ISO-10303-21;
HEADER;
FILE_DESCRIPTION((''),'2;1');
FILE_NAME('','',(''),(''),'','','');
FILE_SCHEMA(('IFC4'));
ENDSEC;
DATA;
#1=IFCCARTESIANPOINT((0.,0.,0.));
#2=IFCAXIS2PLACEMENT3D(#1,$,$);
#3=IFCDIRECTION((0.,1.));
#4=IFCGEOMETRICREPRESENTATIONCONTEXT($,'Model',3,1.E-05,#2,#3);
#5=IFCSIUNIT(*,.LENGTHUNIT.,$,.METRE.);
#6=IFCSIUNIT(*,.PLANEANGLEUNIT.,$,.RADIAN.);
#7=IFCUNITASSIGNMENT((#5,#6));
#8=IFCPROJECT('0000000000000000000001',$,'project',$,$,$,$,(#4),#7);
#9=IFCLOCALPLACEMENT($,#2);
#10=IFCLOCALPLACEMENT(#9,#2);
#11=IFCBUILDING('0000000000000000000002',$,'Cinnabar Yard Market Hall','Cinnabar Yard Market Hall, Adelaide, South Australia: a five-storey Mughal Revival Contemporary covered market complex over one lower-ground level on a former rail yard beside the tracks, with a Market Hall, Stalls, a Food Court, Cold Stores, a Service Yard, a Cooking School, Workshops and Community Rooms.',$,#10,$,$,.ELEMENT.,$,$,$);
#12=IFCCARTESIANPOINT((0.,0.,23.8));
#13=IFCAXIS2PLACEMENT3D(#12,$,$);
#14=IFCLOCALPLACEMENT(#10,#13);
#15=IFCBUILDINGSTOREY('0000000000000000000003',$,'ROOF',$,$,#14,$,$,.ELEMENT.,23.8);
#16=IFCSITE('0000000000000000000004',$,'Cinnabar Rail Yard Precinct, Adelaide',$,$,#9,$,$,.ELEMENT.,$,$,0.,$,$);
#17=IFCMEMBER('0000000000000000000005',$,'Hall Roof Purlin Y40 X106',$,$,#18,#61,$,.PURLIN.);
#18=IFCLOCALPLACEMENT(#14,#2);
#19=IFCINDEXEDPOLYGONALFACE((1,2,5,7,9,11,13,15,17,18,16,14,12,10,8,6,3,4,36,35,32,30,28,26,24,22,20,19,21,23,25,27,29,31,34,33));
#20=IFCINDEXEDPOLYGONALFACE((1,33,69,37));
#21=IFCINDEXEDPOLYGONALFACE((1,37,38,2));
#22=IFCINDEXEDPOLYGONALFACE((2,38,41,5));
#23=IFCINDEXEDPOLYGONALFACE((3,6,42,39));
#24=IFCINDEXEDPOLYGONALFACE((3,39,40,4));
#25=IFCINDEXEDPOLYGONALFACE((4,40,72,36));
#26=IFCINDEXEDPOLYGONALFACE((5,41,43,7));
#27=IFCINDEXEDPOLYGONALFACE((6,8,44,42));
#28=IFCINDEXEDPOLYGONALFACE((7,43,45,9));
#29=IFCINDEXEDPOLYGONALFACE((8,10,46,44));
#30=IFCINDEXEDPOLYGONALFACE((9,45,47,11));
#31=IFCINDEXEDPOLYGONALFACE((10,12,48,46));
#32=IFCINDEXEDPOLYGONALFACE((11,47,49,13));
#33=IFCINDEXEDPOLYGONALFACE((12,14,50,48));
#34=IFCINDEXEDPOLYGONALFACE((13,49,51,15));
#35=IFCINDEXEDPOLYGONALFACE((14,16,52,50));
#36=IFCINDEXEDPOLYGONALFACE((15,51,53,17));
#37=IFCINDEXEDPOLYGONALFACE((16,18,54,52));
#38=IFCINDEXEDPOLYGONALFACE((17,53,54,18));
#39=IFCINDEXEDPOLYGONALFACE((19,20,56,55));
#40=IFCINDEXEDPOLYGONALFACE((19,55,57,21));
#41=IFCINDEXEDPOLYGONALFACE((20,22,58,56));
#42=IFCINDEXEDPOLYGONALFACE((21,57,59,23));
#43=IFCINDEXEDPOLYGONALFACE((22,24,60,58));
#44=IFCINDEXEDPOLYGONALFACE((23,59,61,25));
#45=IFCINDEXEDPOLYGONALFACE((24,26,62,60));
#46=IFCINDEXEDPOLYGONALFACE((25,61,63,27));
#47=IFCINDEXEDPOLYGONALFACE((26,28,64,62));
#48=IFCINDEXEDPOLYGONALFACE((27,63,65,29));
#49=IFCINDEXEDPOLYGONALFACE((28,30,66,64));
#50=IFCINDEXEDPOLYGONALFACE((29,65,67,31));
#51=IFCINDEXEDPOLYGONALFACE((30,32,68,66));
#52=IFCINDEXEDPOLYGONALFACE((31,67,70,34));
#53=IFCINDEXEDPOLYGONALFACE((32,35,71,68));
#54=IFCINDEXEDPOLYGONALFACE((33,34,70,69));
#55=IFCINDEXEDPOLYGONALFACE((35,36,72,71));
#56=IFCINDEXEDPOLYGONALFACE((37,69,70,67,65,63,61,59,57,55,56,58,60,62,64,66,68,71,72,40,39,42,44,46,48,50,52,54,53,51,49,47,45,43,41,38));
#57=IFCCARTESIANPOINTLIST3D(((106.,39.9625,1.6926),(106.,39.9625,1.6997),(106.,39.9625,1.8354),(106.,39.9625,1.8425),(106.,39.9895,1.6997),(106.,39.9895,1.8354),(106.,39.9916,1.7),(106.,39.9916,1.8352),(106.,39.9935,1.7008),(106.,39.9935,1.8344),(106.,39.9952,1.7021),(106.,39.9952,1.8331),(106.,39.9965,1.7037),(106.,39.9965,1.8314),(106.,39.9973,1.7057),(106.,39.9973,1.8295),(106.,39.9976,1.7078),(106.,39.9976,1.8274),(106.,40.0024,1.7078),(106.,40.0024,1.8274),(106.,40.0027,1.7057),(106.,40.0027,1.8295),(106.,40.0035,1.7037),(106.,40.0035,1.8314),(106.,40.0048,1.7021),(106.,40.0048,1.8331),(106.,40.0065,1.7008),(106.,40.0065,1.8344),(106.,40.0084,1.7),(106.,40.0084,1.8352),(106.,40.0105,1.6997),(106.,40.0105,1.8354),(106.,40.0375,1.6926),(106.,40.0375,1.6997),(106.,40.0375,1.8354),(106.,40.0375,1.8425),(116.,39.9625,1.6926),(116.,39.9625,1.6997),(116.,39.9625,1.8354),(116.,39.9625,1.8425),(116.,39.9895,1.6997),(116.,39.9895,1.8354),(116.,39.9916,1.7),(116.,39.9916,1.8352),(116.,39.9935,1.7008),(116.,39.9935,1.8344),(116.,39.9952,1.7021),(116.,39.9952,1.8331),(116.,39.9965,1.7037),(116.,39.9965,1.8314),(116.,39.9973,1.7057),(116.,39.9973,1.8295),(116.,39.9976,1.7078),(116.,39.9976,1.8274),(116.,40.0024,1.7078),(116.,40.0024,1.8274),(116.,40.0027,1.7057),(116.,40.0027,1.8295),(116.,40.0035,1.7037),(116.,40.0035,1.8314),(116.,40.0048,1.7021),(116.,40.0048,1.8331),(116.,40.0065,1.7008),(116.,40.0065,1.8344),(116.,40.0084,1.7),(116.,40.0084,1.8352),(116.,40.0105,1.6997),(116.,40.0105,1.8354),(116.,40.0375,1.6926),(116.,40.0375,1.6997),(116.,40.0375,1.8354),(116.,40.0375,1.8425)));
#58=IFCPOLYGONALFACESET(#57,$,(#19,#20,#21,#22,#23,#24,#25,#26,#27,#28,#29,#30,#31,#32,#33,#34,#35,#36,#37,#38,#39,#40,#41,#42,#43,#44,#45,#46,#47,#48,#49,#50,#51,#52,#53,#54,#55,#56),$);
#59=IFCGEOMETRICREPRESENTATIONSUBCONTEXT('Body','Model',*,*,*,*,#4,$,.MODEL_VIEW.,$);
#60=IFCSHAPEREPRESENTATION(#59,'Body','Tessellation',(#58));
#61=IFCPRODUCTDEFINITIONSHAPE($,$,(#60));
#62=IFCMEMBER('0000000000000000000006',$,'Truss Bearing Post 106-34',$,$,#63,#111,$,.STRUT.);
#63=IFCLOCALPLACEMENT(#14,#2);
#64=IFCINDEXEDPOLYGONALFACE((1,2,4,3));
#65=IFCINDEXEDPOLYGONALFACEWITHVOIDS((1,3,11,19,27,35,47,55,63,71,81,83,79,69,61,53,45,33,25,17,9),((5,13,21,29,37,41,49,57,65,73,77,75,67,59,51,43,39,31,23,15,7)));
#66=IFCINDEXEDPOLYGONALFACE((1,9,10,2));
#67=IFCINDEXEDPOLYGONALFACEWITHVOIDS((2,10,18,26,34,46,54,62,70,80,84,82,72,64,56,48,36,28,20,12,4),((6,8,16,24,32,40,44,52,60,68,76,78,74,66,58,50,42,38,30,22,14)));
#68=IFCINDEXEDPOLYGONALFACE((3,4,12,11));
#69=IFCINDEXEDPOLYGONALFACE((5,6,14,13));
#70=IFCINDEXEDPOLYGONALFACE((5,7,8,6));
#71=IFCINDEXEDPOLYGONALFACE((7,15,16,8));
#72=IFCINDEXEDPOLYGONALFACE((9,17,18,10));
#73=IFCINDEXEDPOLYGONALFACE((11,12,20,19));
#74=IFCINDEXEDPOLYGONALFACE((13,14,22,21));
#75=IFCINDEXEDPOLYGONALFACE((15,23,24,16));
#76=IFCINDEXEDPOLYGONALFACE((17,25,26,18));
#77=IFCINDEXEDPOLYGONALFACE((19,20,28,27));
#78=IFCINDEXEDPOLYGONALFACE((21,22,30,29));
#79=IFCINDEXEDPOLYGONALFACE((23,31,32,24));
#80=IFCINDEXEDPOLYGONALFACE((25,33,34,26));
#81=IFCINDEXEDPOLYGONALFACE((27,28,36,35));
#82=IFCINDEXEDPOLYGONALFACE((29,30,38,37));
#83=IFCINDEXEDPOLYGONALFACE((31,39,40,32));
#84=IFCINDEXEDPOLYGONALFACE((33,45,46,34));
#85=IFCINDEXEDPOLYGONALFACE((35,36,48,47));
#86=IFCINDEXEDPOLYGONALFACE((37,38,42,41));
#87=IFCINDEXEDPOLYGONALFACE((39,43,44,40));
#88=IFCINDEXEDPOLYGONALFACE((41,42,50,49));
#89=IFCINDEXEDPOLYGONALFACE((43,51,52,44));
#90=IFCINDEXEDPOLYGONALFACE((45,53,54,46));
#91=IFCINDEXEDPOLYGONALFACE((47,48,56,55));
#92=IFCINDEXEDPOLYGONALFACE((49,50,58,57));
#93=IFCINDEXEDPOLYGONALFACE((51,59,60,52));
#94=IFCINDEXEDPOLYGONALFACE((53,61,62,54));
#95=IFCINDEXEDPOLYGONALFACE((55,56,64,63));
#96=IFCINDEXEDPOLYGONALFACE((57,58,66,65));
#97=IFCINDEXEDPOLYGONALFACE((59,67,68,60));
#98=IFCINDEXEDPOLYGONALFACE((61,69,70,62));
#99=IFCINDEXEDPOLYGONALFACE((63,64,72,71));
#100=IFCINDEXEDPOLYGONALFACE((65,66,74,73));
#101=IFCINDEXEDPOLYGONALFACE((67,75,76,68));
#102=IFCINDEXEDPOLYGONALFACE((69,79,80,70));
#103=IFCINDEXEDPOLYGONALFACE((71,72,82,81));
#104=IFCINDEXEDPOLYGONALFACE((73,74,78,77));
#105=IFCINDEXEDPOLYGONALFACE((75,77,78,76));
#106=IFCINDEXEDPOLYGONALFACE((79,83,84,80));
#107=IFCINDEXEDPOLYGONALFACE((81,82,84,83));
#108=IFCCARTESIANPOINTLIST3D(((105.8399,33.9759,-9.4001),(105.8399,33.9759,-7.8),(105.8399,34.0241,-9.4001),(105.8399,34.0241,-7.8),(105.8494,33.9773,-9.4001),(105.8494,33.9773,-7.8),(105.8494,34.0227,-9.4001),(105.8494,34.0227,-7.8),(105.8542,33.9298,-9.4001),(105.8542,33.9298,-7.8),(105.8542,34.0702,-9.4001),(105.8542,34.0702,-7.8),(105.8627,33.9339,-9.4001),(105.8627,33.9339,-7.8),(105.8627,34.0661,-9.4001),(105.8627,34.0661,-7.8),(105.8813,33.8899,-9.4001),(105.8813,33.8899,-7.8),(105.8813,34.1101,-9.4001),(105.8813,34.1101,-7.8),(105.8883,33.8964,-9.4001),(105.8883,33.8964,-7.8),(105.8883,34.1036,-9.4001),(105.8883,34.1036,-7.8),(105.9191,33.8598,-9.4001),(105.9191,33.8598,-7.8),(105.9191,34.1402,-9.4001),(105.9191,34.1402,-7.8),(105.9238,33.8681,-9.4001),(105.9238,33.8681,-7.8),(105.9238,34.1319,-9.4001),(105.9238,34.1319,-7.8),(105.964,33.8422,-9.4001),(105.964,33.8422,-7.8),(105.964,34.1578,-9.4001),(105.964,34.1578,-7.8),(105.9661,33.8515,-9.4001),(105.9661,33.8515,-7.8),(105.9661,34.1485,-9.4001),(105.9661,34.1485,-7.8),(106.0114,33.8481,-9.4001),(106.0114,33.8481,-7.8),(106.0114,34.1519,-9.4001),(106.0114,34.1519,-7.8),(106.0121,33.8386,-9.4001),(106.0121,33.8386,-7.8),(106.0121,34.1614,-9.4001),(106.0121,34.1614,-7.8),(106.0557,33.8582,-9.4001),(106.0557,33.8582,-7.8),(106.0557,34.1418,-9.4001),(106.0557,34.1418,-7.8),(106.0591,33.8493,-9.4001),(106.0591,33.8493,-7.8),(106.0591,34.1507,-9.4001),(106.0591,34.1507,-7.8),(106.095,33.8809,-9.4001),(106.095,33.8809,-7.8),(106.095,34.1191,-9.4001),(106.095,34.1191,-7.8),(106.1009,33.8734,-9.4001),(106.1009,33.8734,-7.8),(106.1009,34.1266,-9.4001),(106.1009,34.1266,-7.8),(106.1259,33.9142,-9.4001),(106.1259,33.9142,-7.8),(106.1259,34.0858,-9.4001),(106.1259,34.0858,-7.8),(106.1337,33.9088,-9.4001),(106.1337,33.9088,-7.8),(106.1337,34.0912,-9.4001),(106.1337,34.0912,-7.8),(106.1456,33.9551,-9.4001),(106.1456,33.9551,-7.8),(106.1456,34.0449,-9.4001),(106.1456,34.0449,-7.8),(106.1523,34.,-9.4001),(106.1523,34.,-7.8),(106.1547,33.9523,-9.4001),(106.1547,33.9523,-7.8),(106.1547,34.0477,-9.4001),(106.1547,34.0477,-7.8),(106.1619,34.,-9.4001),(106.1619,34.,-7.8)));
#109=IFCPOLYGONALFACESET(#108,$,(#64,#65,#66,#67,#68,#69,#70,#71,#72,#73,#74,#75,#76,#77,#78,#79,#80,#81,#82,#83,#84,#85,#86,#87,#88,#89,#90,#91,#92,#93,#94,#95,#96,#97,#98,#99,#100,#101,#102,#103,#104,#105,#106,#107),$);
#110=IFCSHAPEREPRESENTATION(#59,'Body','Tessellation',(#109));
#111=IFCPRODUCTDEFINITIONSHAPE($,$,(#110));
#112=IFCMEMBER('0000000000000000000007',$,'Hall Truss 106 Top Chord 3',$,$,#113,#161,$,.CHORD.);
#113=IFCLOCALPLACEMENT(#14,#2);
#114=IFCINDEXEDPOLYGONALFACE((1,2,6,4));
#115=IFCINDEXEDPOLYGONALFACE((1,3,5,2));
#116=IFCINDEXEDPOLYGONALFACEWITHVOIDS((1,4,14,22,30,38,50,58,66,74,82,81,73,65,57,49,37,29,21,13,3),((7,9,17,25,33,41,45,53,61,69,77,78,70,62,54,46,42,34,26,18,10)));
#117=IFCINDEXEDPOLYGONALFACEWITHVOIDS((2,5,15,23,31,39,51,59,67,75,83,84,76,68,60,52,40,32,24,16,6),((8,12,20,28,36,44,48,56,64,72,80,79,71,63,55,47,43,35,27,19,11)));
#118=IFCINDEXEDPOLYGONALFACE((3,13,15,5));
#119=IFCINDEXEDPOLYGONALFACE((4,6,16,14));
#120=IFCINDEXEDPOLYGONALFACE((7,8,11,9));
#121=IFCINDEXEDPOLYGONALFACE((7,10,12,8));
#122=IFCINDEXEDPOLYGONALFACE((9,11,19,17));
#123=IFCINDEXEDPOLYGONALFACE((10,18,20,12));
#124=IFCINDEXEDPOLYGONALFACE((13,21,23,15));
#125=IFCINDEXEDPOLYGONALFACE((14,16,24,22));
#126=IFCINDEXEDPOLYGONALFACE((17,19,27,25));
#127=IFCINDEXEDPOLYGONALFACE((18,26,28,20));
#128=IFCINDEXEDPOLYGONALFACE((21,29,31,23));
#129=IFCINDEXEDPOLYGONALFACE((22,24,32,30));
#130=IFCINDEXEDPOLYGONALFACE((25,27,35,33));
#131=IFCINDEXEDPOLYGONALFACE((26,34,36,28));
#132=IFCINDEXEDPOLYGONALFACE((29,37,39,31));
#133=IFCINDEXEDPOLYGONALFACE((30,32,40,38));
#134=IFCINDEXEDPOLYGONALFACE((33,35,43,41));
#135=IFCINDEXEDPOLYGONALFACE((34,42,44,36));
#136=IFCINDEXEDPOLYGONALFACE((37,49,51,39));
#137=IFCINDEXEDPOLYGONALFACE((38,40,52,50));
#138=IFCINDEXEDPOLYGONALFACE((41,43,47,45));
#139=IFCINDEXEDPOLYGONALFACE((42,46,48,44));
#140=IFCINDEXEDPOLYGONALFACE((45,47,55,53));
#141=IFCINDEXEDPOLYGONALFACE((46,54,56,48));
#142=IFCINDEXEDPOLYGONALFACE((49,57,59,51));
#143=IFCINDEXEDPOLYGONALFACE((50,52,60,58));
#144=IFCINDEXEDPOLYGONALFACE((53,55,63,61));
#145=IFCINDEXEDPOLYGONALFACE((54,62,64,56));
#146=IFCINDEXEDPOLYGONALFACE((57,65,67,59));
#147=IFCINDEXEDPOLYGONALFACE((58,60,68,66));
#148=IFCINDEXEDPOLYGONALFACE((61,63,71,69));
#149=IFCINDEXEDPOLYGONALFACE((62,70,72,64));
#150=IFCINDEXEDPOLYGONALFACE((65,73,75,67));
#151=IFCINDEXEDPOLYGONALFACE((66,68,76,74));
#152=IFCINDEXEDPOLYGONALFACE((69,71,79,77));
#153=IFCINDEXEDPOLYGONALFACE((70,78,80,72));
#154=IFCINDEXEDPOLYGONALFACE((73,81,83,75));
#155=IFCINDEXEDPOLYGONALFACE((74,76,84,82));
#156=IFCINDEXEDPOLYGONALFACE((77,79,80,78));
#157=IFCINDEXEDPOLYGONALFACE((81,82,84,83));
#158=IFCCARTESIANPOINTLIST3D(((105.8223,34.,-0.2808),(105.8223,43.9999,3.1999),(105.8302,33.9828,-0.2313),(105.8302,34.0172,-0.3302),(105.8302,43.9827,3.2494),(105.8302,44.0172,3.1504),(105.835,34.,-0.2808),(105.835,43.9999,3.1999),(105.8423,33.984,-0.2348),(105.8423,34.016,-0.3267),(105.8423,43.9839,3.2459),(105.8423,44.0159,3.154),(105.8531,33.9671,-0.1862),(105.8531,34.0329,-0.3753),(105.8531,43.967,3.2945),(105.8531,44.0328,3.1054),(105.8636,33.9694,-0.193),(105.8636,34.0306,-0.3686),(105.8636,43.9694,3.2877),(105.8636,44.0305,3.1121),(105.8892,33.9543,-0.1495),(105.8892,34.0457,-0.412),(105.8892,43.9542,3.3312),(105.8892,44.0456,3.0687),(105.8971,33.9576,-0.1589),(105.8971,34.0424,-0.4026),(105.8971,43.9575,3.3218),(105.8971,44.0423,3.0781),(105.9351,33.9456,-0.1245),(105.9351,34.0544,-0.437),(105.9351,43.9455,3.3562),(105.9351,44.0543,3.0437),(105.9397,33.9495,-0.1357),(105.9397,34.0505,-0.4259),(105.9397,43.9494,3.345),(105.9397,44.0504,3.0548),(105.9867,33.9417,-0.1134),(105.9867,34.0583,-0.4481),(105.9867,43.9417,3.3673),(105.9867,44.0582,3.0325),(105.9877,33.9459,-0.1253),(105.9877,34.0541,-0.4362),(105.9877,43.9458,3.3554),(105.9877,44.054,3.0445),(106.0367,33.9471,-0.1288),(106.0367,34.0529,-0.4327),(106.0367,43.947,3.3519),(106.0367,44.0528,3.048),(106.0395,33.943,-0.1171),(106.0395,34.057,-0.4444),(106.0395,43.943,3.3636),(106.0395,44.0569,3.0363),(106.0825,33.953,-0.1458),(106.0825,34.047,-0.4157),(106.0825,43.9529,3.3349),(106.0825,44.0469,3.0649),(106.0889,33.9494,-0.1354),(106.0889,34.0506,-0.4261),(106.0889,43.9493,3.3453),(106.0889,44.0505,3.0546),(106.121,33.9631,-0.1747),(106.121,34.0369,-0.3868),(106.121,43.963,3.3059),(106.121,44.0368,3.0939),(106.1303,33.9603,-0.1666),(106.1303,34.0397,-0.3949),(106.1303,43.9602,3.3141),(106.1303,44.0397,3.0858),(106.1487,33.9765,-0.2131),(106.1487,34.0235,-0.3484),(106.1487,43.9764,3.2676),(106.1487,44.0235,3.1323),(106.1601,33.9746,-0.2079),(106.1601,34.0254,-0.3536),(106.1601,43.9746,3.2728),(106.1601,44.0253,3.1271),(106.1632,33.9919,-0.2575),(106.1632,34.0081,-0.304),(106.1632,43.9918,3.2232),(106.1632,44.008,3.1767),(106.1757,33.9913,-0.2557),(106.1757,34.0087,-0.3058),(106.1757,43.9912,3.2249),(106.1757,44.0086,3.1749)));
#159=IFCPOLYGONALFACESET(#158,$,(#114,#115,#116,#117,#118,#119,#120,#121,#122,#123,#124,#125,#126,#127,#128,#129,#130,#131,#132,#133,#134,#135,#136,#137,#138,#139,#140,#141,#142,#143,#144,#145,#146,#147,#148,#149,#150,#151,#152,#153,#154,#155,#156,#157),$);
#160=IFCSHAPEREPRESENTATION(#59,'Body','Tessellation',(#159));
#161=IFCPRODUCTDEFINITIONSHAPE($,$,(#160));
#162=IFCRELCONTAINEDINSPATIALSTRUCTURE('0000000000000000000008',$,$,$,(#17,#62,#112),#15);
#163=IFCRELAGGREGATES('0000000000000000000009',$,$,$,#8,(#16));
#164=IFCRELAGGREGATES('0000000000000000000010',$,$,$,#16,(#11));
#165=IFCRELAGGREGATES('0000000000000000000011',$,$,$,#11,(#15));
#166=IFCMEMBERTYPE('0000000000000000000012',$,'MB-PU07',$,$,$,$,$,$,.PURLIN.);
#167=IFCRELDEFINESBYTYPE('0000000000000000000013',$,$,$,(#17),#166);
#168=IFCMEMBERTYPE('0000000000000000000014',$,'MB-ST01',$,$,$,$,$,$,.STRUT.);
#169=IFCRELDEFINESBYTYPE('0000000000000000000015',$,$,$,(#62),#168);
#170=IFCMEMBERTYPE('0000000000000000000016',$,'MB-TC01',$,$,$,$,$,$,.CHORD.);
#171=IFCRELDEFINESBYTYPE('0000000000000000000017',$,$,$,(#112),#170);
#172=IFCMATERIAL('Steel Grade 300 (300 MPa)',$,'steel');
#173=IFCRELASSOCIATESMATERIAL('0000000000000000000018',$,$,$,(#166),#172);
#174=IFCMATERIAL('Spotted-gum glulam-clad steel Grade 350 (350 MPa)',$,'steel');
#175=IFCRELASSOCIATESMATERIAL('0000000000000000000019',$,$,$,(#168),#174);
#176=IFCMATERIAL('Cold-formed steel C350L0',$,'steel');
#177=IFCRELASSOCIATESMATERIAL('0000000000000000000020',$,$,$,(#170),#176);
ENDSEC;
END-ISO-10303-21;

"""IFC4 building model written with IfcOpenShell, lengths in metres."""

from ifc_helpers import new_model, si_unit, direction, frame, origin, origin_2d_with_axis, place, context, subcontext, project, spatial, hollow_circle, i_section, extrude, material, material_profile, profile_set, type_object, element, save


model = new_model("IFC4")

# Units and contexts
model_context = context("Model", 3, precision=1e-05, world=origin(), true_north=direction((0.0, 1.0)))
body_context = subcontext(model_context, "Body", "Model", "MODEL_VIEW")
ifc_project = project(units=[si_unit("LENGTHUNIT", "METRE"), si_unit("PLANEANGLEUNIT", "RADIAN")], contexts=[model_context])

# Site, building, storey
site_placement = place(None, origin())
site = spatial("IfcSite", under=ifc_project, at=site_placement, Name="Cinnabar Rail Yard Precinct, Adelaide", CompositionType="ELEMENT", RefElevation=0.0)
building_placement = place(site_placement, origin())
building = spatial("IfcBuilding", under=site, at=building_placement, Name="Cinnabar Yard Market Hall", Description="Cinnabar Yard Market Hall, Adelaide, South Australia: a five-storey Mughal Revival Contemporary covered market complex over one lower-ground level on a former rail yard beside the tracks, with a Market Hall, Stalls, a Food Court, Cold Stores, a Service Yard, a Cooking School, Workshops and Community Rooms.", CompositionType="ELEMENT")
storey_placement = place(building_placement, frame((0.0, 0.0, 23.8)))
storey = spatial("IfcBuildingStorey", under=building, at=storey_placement, Name="ROOF", CompositionType="ELEMENT", Elevation=23.8)

# Shared definitions
ifc_material_1 = material(Name="Steel Grade 300 (300 MPa)", Category="steel")

# Members
ifc_material_2 = material(Name="Cold-formed steel C350L0", Category="steel")
ifc_material_profile_1 = material_profile(ifc_material_1, i_section(OverallWidth=0.075, OverallDepth=0.1499, WebThickness=0.0049, FlangeThickness=0.0071, FilletRadius=0.0081, at=origin_2d_with_axis()), Name="150UB14.0")
ifc_profile_set_1 = profile_set([ifc_material_profile_1], Name="Steel Grade 300 (300 MPa)")
member_type_1 = type_object("IfcMemberType", Name="MB-PU07", PredefinedType="PURLIN", material=ifc_profile_set_1)
member_1_placement = place(storey_placement, frame((106.0, 40.0, 1.7676), z_axis=(1.0, 0.0, 0.0), x_axis=(0.0, 1.0, 0.0)))
element("IfcMember", 1, at=member_1_placement, inside=storey, type_object=member_type_1, Name="Hall Roof Purlin Y40 X106", PredefinedType="PURLIN", context=body_context, shape_type="SweptSolid", body=[
    extrude(i_section(OverallWidth=0.075, OverallDepth=0.1499, WebThickness=0.0049, FlangeThickness=0.0071, FilletRadius=0.0081, at=origin_2d_with_axis()), origin(), (0.0, 0.0, 1.0), 10.0),
])
ifc_material_3 = material(Name="Spotted-gum glulam-clad steel Grade 350 (350 MPa)", Category="steel")
ifc_material_profile_2 = material_profile(ifc_material_3, hollow_circle(Radius=0.1619, WallThickness=0.0095, at=origin_2d_with_axis()), Name="323.9x9.5CHS")
ifc_profile_set_2 = profile_set([ifc_material_profile_2], Name="Spotted-gum glulam-clad steel Grade 350 (350 MPa)")
member_type_2 = type_object("IfcMemberType", Name="MB-ST01", PredefinedType="STRUT", material=ifc_profile_set_2)
member_2_placement = place(storey_placement, frame((106.0, 34.0, -9.4001), z_axis=(0.0, 0.0, 1.0), x_axis=(1.0, 0.0, 0.0)))
element("IfcMember", 2, at=member_2_placement, inside=storey, type_object=member_type_2, Name="Truss Bearing Post 106-34", PredefinedType="STRUT", context=body_context, shape_type="SweptSolid", body=[
    extrude(hollow_circle(Radius=0.1619, WallThickness=0.0095, at=origin_2d_with_axis()), origin(), (0.0, 0.0, 1.0), 1.6001),
])
ifc_material_profile_3 = material_profile(ifc_material_2, hollow_circle(Radius=0.1777, WallThickness=0.0127, at=origin_2d_with_axis()), Name="355.6x12.7CHS")
ifc_profile_set_3 = profile_set([ifc_material_profile_3], Name="Cold-formed steel C350L0")
member_type_3 = type_object("IfcMemberType", Name="MB-TC01", PredefinedType="CHORD", material=ifc_profile_set_3)
for number, where, z_axis, x_axis, name in (
    (3, (106.0, 34.0, -0.2808), (0.0, 0.944425, 0.328727), (-1.0, 0.0, 0.0), "Hall Truss 106 Top Chord 3"),
):
    element("IfcMember", number, at=place(storey_placement, frame(where, z_axis=z_axis, x_axis=x_axis)), inside=storey, type_object=member_type_3, Name=name, PredefinedType="CHORD", context=body_context, shape_type="SweptSolid", body=[
        extrude(hollow_circle(Radius=0.1777, WallThickness=0.0127, at=origin_2d_with_axis()), origin(), (0.0, 0.0, 1.0), 10.5884),
    ])

save(model, "model.ifc")
